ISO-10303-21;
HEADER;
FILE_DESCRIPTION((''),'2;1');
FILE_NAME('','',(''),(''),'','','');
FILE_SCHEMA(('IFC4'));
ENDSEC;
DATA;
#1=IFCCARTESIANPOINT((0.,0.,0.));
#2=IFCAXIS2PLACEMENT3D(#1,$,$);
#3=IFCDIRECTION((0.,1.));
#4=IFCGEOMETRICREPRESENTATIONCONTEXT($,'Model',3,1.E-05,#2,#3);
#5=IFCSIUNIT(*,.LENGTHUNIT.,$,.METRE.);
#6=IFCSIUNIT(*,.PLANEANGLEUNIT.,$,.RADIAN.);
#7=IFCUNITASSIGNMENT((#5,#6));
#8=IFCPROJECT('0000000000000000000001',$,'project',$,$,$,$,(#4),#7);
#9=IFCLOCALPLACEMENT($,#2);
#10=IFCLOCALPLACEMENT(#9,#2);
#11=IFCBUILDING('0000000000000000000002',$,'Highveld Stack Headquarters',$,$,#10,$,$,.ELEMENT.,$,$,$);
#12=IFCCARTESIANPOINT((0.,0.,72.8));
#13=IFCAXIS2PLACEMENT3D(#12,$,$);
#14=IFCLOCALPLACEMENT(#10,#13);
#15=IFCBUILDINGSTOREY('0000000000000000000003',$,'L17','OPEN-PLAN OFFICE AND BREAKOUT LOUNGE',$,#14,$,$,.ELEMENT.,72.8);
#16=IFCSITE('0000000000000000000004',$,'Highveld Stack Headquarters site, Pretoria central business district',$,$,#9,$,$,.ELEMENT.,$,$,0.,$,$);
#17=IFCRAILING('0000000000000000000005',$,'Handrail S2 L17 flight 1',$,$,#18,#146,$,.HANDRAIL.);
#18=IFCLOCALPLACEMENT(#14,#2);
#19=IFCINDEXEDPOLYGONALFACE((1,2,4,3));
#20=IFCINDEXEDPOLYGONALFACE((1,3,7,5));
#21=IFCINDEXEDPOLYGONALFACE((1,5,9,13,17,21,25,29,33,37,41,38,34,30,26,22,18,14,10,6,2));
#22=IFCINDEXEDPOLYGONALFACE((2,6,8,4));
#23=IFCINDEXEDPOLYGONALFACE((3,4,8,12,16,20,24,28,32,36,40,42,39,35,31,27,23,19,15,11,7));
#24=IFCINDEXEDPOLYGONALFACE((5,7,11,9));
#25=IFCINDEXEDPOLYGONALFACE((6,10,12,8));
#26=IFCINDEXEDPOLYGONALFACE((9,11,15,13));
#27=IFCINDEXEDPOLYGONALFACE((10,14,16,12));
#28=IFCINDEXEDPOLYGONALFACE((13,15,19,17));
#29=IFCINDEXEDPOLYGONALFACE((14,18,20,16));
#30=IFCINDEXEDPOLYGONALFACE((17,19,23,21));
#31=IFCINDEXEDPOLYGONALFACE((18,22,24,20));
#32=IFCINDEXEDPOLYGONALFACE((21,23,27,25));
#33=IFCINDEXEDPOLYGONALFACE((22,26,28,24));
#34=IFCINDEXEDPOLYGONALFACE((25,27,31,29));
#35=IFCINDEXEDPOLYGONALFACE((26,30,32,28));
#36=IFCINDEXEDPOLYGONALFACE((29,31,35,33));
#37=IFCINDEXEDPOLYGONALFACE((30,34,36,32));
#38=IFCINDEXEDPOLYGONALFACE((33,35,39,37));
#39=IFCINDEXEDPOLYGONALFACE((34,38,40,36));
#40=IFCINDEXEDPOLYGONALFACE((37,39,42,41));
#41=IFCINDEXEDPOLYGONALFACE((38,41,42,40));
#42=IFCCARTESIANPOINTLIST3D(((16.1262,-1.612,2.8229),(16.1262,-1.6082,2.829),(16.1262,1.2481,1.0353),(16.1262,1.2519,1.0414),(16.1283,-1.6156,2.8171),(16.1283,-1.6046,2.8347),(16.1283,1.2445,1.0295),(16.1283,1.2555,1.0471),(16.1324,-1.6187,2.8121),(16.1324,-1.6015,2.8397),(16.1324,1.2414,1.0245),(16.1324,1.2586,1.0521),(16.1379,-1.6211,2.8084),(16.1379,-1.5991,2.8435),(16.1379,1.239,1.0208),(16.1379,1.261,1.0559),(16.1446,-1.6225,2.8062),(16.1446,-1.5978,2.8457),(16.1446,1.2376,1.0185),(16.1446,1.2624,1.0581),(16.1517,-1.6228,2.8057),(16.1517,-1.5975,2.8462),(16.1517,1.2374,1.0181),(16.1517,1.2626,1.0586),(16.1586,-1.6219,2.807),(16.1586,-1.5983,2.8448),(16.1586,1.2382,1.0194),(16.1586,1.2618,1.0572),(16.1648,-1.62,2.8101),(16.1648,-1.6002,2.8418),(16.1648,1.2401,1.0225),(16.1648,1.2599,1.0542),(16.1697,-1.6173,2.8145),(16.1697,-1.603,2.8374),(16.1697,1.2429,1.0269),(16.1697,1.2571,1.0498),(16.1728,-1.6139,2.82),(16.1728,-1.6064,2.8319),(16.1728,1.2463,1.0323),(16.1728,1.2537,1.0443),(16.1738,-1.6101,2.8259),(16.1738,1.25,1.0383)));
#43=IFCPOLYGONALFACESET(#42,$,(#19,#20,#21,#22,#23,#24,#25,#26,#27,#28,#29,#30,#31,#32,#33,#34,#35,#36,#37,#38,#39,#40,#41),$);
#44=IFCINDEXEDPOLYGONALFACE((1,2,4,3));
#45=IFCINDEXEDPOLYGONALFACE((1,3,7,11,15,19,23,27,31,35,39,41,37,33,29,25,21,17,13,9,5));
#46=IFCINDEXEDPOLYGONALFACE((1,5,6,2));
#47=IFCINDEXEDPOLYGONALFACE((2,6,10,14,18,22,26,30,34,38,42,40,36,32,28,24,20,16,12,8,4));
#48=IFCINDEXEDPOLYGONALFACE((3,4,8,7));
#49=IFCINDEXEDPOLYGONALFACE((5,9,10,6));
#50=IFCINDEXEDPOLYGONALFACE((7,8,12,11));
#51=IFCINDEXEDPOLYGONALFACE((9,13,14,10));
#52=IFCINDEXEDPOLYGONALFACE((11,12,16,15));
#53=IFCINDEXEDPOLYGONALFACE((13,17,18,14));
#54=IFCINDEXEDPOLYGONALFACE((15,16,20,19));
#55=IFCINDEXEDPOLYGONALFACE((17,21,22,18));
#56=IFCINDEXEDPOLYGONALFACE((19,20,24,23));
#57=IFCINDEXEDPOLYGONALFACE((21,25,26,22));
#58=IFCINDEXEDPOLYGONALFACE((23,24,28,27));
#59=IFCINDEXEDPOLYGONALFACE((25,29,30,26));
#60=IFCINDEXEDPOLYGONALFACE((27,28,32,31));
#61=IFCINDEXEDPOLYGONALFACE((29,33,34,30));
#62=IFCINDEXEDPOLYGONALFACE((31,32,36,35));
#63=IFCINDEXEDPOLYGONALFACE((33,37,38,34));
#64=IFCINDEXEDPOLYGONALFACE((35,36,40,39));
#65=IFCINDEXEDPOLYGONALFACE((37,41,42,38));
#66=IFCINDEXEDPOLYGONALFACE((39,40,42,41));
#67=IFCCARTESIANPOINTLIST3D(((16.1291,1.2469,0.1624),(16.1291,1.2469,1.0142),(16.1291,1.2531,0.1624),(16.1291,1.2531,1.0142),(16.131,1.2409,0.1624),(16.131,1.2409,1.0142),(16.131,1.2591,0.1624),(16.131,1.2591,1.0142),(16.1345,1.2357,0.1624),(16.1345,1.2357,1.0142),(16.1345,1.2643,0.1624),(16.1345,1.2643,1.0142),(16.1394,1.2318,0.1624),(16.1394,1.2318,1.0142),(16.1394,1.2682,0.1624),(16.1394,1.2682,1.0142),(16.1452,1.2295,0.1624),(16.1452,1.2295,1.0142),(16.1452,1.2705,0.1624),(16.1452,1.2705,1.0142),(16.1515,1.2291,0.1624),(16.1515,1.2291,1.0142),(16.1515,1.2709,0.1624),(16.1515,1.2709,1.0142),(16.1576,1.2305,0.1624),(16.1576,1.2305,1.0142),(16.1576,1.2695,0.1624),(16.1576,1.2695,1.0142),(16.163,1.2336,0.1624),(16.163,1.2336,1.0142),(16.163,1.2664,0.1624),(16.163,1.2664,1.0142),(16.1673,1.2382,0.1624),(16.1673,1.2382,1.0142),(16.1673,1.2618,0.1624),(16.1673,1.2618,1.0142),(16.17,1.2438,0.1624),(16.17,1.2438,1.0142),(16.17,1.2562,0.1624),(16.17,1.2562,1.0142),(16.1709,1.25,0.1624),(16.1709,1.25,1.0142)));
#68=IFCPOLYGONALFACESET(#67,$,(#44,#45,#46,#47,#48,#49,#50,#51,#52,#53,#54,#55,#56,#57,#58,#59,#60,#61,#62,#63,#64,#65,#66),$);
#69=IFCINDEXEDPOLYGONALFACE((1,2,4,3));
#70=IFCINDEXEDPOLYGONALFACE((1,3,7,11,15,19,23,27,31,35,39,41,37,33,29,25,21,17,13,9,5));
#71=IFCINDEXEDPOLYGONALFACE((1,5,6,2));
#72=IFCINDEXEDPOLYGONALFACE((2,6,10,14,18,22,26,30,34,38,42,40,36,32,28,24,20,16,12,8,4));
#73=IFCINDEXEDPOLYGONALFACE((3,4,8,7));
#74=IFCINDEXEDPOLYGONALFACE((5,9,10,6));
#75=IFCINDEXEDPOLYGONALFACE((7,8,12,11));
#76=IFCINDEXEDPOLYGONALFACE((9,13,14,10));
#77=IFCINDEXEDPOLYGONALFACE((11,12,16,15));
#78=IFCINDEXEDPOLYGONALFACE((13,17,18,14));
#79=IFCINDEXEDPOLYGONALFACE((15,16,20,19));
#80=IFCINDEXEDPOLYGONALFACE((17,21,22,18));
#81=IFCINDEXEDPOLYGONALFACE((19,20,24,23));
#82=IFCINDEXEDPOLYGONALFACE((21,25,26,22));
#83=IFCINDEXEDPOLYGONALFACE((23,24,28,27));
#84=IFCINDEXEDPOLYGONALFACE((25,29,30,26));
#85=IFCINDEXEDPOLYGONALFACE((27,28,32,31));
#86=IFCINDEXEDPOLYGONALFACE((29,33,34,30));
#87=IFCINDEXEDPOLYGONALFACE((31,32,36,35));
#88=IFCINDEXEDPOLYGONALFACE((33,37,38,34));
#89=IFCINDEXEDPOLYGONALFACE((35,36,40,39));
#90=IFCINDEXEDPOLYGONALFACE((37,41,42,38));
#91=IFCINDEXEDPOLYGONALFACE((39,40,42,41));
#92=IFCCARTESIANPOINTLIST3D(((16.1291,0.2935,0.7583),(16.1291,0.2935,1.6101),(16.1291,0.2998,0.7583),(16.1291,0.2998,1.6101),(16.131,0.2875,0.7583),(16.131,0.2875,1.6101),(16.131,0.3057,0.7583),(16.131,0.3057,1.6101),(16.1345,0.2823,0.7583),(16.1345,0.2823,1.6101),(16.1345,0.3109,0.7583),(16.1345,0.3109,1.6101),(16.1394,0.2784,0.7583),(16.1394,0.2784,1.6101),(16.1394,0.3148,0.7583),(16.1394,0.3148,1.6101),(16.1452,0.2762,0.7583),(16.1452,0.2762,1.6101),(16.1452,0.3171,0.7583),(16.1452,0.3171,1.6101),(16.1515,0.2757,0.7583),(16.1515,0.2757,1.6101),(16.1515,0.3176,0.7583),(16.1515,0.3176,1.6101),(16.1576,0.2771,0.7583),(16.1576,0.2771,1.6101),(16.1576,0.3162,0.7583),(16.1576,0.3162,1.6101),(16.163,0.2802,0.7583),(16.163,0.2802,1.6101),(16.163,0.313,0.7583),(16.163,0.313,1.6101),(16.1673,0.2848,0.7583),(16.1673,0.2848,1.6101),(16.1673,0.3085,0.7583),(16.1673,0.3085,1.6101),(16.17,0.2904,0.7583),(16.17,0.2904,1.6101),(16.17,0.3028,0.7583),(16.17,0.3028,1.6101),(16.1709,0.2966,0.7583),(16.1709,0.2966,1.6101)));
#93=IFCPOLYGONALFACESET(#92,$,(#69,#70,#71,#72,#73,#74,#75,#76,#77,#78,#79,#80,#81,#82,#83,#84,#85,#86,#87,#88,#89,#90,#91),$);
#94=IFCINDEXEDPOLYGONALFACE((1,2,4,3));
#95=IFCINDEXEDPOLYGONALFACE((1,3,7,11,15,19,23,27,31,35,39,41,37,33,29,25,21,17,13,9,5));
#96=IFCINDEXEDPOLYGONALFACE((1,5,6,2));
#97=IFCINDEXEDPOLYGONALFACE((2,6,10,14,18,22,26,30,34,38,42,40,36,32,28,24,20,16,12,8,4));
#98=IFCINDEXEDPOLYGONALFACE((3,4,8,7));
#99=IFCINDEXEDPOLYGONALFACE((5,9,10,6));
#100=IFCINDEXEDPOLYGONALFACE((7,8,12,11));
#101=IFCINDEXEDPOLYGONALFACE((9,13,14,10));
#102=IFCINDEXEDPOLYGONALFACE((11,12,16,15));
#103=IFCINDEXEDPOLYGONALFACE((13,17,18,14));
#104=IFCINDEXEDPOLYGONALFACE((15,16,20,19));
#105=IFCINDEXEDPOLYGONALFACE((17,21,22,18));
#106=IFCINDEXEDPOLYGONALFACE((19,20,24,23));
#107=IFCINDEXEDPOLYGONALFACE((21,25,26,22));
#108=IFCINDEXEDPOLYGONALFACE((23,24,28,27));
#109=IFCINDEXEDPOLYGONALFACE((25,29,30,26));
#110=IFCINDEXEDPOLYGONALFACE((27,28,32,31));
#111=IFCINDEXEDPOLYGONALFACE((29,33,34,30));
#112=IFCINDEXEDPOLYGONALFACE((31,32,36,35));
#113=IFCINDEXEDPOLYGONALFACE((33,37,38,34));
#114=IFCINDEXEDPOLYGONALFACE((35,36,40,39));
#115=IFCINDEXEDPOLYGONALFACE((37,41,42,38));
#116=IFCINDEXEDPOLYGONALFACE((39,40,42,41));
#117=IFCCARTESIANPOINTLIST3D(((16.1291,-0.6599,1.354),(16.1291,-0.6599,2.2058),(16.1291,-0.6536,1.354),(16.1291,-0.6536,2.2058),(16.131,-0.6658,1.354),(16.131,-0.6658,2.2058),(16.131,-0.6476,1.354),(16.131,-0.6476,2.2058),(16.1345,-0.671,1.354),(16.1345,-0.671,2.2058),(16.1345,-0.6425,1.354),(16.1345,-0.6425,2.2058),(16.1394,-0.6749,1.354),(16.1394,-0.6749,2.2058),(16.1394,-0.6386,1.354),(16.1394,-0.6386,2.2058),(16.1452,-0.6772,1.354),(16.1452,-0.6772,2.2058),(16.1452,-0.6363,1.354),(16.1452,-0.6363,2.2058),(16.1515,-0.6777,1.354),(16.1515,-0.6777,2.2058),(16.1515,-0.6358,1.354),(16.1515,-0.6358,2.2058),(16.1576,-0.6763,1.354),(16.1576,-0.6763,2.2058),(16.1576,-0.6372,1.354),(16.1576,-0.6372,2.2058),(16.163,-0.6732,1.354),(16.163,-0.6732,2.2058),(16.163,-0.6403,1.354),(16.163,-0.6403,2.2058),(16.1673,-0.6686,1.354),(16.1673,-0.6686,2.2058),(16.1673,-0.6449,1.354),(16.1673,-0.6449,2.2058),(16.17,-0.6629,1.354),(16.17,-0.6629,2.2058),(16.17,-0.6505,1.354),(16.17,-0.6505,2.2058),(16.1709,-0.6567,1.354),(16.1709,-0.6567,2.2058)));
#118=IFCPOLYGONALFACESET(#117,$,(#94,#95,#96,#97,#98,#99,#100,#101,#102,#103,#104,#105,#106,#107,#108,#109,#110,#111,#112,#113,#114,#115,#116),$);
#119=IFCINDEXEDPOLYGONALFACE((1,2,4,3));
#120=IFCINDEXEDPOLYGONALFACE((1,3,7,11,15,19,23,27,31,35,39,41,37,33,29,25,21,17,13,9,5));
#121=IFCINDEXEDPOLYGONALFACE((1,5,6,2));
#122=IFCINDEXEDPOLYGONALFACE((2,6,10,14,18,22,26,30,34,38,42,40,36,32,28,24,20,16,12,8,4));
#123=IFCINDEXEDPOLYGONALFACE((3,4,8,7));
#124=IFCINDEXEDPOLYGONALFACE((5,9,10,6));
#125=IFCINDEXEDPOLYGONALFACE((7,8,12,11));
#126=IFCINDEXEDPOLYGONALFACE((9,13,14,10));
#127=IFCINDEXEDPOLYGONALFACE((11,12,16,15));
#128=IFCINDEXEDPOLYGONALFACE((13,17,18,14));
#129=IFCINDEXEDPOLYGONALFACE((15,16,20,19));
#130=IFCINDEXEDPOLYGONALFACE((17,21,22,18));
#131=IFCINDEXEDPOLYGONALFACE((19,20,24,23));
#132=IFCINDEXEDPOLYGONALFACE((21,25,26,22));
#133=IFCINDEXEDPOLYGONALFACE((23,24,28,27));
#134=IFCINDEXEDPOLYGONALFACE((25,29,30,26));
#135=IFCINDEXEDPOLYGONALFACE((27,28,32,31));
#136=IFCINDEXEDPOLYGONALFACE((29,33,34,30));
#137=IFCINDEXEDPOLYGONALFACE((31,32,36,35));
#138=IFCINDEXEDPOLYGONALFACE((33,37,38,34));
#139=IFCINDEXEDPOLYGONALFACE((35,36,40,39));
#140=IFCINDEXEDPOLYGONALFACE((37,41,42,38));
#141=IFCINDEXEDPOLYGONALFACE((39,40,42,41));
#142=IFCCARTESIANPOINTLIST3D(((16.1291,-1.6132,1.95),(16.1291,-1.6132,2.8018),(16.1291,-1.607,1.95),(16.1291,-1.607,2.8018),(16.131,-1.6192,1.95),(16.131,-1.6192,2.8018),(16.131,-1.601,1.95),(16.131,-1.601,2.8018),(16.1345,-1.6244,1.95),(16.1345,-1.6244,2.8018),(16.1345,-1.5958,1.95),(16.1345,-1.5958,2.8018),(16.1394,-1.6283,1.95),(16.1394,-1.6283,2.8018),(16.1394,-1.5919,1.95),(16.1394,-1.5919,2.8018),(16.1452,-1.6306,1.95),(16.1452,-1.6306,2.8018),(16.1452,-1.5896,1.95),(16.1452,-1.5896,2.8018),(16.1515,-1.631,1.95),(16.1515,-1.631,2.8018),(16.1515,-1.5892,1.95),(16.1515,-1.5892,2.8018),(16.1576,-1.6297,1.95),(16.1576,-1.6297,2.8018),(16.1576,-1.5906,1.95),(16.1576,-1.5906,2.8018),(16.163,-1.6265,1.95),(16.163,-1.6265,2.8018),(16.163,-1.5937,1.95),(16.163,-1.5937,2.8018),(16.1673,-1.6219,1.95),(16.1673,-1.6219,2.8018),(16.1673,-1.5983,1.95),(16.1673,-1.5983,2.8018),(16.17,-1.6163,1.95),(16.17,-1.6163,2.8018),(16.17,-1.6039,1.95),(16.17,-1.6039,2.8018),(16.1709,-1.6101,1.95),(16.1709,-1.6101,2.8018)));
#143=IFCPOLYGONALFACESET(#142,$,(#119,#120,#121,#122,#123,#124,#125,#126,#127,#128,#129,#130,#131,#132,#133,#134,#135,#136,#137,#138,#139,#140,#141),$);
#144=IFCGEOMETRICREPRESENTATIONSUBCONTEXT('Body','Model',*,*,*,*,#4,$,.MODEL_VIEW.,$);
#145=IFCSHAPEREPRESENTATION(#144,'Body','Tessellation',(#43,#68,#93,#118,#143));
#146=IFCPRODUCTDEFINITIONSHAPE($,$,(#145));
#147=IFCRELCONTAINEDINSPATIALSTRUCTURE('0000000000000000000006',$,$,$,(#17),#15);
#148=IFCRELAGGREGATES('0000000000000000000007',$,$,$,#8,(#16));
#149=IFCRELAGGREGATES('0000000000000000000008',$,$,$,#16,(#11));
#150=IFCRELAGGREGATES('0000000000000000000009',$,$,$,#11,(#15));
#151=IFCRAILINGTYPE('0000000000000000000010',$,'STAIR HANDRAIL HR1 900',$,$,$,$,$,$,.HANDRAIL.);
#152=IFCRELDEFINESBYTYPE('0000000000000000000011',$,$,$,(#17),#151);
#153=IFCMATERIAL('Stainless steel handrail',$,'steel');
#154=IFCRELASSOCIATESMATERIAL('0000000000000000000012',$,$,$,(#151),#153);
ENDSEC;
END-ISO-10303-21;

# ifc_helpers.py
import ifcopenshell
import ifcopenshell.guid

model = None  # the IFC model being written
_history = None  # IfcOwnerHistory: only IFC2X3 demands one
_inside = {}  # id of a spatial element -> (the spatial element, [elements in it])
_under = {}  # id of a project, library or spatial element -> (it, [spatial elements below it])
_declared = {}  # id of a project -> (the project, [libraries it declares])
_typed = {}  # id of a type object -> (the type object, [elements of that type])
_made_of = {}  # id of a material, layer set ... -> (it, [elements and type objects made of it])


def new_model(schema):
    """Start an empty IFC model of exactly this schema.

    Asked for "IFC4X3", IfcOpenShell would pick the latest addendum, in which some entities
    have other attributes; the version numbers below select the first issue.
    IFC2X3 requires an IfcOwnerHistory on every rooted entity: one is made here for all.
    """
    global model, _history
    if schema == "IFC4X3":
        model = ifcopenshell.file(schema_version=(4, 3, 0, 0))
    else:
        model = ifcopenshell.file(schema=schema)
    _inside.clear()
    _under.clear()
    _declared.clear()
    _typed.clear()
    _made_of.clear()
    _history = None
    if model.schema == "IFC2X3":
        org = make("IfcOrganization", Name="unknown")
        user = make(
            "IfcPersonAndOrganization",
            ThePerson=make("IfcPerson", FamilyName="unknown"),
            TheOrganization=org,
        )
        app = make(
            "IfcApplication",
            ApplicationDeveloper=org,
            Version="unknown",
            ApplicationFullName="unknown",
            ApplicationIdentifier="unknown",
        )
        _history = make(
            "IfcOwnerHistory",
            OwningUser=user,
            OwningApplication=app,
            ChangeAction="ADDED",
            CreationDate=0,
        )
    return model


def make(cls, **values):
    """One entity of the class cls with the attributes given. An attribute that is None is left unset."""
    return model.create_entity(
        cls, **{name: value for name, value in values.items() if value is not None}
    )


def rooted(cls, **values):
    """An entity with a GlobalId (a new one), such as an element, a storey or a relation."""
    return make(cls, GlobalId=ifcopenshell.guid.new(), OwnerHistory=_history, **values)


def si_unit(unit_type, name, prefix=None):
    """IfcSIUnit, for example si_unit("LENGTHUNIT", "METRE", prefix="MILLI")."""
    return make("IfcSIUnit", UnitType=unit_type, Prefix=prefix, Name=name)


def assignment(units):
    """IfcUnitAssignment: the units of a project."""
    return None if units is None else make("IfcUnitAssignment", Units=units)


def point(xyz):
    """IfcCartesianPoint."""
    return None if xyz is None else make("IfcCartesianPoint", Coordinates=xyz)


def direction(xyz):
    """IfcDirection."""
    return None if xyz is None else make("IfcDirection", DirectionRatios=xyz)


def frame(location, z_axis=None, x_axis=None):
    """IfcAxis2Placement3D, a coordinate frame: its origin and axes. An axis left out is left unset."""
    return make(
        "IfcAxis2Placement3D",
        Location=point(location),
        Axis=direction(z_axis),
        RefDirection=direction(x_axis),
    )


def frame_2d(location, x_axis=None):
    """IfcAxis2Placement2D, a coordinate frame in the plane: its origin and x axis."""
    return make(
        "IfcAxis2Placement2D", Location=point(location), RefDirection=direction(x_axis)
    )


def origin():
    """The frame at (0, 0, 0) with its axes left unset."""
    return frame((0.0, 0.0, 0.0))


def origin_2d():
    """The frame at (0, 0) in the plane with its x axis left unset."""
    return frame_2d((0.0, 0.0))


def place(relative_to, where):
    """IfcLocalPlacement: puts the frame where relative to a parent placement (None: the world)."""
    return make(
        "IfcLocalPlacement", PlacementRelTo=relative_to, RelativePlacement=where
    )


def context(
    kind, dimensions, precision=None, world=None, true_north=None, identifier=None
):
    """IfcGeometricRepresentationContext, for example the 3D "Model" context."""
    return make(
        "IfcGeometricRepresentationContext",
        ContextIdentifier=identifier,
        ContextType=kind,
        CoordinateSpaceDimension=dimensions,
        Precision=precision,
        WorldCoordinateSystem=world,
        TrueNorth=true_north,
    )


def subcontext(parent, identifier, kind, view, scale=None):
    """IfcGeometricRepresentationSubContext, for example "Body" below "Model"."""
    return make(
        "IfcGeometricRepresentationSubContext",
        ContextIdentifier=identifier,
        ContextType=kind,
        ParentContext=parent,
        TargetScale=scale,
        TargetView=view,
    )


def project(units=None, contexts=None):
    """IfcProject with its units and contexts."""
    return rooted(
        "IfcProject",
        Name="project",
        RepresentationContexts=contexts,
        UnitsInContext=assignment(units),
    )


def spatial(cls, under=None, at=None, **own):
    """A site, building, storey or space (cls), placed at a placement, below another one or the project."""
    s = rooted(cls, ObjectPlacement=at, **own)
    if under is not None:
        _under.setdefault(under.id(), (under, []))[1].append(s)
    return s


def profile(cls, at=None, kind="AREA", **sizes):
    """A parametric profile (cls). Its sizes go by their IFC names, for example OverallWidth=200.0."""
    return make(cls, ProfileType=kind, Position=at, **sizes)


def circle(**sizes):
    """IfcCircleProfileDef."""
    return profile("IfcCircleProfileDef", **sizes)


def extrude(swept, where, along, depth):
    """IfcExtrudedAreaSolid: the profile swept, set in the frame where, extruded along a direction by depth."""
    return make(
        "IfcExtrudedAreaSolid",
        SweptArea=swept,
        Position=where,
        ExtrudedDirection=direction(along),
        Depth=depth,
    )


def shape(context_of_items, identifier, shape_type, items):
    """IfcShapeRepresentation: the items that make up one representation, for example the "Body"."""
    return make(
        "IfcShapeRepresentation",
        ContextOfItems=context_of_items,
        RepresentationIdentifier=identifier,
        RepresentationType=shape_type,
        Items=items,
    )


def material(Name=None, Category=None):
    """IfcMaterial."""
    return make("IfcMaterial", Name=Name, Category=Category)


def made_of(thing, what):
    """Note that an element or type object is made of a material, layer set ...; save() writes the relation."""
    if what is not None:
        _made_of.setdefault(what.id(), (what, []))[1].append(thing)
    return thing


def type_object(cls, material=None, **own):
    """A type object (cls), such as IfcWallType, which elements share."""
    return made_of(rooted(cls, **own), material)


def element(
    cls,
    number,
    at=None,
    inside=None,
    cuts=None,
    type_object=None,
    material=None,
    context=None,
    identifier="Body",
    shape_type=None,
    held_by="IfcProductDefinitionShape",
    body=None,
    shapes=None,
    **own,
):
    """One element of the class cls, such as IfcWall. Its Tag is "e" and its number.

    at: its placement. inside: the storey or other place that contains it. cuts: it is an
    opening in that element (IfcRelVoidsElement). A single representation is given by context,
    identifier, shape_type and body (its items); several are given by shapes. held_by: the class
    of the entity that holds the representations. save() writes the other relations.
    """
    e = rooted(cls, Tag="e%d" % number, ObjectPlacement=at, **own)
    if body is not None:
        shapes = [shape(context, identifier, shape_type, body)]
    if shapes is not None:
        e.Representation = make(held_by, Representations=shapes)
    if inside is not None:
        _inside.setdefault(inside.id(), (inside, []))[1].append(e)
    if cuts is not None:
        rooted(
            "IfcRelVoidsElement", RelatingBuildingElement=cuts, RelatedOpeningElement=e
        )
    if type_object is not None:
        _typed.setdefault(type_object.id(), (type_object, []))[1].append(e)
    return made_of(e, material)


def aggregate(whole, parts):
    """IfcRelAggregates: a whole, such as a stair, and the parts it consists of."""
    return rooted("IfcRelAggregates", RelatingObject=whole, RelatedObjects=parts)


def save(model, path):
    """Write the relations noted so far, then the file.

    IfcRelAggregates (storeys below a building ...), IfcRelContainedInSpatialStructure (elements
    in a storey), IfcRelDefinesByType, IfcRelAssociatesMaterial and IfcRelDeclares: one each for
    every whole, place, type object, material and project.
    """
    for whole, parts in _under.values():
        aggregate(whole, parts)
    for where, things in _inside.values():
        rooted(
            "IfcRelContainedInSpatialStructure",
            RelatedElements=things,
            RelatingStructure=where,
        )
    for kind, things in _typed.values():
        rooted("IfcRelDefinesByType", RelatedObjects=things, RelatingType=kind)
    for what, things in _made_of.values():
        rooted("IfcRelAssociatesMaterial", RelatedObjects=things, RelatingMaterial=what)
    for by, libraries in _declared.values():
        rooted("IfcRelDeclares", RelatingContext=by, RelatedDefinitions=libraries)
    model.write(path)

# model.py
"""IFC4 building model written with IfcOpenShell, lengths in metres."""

from ifc_helpers import new_model, si_unit, direction, frame, origin, origin_2d, place, context, subcontext, project, spatial, circle, extrude, material, type_object, element, save


model = new_model("IFC4")

# Units and contexts
model_context = context("Model", 3, precision=1e-05, world=origin(), true_north=direction((0.0, 1.0)))
body_context = subcontext(model_context, "Body", "Model", "MODEL_VIEW")
ifc_project = project(units=[si_unit("LENGTHUNIT", "METRE"), si_unit("PLANEANGLEUNIT", "RADIAN")], contexts=[model_context])

# Site, building, storey
site_placement = place(None, origin())
site = spatial("IfcSite", under=ifc_project, at=site_placement, Name="Highveld Stack Headquarters site, Pretoria central business district", CompositionType="ELEMENT", RefElevation=0.0)
building_placement = place(site_placement, origin())
building = spatial("IfcBuilding", under=site, at=building_placement, Name="Highveld Stack Headquarters", CompositionType="ELEMENT")
storey_placement = place(building_placement, frame((0.0, 0.0, 72.8)))
storey = spatial("IfcBuildingStorey", under=building, at=storey_placement, Name="L17", Description="OPEN-PLAN OFFICE AND BREAKOUT LOUNGE", CompositionType="ELEMENT", Elevation=72.8)

# Railing
ifc_material_1 = material(Name="Stainless steel handrail", Category="steel")
railing_type = type_object("IfcRailingType", Name="STAIR HANDRAIL HR1 900", PredefinedType="HANDRAIL", material=ifc_material_1)
for number, where, name in (
    (1, (16.1499, 1.25, 0.1624), "Handrail S2 L17 flight 1"),
):
    element("IfcRailing", number, at=place(storey_placement, frame(where)), inside=storey, type_object=railing_type, Name=name, PredefinedType="HANDRAIL", context=body_context, shape_type="SweptSolid", body=[
        extrude(circle(Radius=0.0239, at=origin_2d()), frame((0.0, 0.0, 0.876), z_axis=(0.0, -0.847994, 0.530005), x_axis=(1.0, 0.0, 0.0)), (0.0, 0.0, 1.0), 3.3728),
        extrude(circle(Radius=0.021, at=origin_2d()), origin(), (0.0, 0.0, 1.0), 0.8518),
        extrude(circle(Radius=0.021, at=origin_2d()), frame((0.0, -0.9534, 0.5959)), (0.0, 0.0, 1.0), 0.8518),
        extrude(circle(Radius=0.021, at=origin_2d()), frame((0.0, -1.9067, 1.1917)), (0.0, 0.0, 1.0), 0.8518),
        extrude(circle(Radius=0.021, at=origin_2d()), frame((0.0, -2.8601, 1.7876)), (0.0, 0.0, 1.0), 0.8518),
    ])

save(model, "model.ifc")
